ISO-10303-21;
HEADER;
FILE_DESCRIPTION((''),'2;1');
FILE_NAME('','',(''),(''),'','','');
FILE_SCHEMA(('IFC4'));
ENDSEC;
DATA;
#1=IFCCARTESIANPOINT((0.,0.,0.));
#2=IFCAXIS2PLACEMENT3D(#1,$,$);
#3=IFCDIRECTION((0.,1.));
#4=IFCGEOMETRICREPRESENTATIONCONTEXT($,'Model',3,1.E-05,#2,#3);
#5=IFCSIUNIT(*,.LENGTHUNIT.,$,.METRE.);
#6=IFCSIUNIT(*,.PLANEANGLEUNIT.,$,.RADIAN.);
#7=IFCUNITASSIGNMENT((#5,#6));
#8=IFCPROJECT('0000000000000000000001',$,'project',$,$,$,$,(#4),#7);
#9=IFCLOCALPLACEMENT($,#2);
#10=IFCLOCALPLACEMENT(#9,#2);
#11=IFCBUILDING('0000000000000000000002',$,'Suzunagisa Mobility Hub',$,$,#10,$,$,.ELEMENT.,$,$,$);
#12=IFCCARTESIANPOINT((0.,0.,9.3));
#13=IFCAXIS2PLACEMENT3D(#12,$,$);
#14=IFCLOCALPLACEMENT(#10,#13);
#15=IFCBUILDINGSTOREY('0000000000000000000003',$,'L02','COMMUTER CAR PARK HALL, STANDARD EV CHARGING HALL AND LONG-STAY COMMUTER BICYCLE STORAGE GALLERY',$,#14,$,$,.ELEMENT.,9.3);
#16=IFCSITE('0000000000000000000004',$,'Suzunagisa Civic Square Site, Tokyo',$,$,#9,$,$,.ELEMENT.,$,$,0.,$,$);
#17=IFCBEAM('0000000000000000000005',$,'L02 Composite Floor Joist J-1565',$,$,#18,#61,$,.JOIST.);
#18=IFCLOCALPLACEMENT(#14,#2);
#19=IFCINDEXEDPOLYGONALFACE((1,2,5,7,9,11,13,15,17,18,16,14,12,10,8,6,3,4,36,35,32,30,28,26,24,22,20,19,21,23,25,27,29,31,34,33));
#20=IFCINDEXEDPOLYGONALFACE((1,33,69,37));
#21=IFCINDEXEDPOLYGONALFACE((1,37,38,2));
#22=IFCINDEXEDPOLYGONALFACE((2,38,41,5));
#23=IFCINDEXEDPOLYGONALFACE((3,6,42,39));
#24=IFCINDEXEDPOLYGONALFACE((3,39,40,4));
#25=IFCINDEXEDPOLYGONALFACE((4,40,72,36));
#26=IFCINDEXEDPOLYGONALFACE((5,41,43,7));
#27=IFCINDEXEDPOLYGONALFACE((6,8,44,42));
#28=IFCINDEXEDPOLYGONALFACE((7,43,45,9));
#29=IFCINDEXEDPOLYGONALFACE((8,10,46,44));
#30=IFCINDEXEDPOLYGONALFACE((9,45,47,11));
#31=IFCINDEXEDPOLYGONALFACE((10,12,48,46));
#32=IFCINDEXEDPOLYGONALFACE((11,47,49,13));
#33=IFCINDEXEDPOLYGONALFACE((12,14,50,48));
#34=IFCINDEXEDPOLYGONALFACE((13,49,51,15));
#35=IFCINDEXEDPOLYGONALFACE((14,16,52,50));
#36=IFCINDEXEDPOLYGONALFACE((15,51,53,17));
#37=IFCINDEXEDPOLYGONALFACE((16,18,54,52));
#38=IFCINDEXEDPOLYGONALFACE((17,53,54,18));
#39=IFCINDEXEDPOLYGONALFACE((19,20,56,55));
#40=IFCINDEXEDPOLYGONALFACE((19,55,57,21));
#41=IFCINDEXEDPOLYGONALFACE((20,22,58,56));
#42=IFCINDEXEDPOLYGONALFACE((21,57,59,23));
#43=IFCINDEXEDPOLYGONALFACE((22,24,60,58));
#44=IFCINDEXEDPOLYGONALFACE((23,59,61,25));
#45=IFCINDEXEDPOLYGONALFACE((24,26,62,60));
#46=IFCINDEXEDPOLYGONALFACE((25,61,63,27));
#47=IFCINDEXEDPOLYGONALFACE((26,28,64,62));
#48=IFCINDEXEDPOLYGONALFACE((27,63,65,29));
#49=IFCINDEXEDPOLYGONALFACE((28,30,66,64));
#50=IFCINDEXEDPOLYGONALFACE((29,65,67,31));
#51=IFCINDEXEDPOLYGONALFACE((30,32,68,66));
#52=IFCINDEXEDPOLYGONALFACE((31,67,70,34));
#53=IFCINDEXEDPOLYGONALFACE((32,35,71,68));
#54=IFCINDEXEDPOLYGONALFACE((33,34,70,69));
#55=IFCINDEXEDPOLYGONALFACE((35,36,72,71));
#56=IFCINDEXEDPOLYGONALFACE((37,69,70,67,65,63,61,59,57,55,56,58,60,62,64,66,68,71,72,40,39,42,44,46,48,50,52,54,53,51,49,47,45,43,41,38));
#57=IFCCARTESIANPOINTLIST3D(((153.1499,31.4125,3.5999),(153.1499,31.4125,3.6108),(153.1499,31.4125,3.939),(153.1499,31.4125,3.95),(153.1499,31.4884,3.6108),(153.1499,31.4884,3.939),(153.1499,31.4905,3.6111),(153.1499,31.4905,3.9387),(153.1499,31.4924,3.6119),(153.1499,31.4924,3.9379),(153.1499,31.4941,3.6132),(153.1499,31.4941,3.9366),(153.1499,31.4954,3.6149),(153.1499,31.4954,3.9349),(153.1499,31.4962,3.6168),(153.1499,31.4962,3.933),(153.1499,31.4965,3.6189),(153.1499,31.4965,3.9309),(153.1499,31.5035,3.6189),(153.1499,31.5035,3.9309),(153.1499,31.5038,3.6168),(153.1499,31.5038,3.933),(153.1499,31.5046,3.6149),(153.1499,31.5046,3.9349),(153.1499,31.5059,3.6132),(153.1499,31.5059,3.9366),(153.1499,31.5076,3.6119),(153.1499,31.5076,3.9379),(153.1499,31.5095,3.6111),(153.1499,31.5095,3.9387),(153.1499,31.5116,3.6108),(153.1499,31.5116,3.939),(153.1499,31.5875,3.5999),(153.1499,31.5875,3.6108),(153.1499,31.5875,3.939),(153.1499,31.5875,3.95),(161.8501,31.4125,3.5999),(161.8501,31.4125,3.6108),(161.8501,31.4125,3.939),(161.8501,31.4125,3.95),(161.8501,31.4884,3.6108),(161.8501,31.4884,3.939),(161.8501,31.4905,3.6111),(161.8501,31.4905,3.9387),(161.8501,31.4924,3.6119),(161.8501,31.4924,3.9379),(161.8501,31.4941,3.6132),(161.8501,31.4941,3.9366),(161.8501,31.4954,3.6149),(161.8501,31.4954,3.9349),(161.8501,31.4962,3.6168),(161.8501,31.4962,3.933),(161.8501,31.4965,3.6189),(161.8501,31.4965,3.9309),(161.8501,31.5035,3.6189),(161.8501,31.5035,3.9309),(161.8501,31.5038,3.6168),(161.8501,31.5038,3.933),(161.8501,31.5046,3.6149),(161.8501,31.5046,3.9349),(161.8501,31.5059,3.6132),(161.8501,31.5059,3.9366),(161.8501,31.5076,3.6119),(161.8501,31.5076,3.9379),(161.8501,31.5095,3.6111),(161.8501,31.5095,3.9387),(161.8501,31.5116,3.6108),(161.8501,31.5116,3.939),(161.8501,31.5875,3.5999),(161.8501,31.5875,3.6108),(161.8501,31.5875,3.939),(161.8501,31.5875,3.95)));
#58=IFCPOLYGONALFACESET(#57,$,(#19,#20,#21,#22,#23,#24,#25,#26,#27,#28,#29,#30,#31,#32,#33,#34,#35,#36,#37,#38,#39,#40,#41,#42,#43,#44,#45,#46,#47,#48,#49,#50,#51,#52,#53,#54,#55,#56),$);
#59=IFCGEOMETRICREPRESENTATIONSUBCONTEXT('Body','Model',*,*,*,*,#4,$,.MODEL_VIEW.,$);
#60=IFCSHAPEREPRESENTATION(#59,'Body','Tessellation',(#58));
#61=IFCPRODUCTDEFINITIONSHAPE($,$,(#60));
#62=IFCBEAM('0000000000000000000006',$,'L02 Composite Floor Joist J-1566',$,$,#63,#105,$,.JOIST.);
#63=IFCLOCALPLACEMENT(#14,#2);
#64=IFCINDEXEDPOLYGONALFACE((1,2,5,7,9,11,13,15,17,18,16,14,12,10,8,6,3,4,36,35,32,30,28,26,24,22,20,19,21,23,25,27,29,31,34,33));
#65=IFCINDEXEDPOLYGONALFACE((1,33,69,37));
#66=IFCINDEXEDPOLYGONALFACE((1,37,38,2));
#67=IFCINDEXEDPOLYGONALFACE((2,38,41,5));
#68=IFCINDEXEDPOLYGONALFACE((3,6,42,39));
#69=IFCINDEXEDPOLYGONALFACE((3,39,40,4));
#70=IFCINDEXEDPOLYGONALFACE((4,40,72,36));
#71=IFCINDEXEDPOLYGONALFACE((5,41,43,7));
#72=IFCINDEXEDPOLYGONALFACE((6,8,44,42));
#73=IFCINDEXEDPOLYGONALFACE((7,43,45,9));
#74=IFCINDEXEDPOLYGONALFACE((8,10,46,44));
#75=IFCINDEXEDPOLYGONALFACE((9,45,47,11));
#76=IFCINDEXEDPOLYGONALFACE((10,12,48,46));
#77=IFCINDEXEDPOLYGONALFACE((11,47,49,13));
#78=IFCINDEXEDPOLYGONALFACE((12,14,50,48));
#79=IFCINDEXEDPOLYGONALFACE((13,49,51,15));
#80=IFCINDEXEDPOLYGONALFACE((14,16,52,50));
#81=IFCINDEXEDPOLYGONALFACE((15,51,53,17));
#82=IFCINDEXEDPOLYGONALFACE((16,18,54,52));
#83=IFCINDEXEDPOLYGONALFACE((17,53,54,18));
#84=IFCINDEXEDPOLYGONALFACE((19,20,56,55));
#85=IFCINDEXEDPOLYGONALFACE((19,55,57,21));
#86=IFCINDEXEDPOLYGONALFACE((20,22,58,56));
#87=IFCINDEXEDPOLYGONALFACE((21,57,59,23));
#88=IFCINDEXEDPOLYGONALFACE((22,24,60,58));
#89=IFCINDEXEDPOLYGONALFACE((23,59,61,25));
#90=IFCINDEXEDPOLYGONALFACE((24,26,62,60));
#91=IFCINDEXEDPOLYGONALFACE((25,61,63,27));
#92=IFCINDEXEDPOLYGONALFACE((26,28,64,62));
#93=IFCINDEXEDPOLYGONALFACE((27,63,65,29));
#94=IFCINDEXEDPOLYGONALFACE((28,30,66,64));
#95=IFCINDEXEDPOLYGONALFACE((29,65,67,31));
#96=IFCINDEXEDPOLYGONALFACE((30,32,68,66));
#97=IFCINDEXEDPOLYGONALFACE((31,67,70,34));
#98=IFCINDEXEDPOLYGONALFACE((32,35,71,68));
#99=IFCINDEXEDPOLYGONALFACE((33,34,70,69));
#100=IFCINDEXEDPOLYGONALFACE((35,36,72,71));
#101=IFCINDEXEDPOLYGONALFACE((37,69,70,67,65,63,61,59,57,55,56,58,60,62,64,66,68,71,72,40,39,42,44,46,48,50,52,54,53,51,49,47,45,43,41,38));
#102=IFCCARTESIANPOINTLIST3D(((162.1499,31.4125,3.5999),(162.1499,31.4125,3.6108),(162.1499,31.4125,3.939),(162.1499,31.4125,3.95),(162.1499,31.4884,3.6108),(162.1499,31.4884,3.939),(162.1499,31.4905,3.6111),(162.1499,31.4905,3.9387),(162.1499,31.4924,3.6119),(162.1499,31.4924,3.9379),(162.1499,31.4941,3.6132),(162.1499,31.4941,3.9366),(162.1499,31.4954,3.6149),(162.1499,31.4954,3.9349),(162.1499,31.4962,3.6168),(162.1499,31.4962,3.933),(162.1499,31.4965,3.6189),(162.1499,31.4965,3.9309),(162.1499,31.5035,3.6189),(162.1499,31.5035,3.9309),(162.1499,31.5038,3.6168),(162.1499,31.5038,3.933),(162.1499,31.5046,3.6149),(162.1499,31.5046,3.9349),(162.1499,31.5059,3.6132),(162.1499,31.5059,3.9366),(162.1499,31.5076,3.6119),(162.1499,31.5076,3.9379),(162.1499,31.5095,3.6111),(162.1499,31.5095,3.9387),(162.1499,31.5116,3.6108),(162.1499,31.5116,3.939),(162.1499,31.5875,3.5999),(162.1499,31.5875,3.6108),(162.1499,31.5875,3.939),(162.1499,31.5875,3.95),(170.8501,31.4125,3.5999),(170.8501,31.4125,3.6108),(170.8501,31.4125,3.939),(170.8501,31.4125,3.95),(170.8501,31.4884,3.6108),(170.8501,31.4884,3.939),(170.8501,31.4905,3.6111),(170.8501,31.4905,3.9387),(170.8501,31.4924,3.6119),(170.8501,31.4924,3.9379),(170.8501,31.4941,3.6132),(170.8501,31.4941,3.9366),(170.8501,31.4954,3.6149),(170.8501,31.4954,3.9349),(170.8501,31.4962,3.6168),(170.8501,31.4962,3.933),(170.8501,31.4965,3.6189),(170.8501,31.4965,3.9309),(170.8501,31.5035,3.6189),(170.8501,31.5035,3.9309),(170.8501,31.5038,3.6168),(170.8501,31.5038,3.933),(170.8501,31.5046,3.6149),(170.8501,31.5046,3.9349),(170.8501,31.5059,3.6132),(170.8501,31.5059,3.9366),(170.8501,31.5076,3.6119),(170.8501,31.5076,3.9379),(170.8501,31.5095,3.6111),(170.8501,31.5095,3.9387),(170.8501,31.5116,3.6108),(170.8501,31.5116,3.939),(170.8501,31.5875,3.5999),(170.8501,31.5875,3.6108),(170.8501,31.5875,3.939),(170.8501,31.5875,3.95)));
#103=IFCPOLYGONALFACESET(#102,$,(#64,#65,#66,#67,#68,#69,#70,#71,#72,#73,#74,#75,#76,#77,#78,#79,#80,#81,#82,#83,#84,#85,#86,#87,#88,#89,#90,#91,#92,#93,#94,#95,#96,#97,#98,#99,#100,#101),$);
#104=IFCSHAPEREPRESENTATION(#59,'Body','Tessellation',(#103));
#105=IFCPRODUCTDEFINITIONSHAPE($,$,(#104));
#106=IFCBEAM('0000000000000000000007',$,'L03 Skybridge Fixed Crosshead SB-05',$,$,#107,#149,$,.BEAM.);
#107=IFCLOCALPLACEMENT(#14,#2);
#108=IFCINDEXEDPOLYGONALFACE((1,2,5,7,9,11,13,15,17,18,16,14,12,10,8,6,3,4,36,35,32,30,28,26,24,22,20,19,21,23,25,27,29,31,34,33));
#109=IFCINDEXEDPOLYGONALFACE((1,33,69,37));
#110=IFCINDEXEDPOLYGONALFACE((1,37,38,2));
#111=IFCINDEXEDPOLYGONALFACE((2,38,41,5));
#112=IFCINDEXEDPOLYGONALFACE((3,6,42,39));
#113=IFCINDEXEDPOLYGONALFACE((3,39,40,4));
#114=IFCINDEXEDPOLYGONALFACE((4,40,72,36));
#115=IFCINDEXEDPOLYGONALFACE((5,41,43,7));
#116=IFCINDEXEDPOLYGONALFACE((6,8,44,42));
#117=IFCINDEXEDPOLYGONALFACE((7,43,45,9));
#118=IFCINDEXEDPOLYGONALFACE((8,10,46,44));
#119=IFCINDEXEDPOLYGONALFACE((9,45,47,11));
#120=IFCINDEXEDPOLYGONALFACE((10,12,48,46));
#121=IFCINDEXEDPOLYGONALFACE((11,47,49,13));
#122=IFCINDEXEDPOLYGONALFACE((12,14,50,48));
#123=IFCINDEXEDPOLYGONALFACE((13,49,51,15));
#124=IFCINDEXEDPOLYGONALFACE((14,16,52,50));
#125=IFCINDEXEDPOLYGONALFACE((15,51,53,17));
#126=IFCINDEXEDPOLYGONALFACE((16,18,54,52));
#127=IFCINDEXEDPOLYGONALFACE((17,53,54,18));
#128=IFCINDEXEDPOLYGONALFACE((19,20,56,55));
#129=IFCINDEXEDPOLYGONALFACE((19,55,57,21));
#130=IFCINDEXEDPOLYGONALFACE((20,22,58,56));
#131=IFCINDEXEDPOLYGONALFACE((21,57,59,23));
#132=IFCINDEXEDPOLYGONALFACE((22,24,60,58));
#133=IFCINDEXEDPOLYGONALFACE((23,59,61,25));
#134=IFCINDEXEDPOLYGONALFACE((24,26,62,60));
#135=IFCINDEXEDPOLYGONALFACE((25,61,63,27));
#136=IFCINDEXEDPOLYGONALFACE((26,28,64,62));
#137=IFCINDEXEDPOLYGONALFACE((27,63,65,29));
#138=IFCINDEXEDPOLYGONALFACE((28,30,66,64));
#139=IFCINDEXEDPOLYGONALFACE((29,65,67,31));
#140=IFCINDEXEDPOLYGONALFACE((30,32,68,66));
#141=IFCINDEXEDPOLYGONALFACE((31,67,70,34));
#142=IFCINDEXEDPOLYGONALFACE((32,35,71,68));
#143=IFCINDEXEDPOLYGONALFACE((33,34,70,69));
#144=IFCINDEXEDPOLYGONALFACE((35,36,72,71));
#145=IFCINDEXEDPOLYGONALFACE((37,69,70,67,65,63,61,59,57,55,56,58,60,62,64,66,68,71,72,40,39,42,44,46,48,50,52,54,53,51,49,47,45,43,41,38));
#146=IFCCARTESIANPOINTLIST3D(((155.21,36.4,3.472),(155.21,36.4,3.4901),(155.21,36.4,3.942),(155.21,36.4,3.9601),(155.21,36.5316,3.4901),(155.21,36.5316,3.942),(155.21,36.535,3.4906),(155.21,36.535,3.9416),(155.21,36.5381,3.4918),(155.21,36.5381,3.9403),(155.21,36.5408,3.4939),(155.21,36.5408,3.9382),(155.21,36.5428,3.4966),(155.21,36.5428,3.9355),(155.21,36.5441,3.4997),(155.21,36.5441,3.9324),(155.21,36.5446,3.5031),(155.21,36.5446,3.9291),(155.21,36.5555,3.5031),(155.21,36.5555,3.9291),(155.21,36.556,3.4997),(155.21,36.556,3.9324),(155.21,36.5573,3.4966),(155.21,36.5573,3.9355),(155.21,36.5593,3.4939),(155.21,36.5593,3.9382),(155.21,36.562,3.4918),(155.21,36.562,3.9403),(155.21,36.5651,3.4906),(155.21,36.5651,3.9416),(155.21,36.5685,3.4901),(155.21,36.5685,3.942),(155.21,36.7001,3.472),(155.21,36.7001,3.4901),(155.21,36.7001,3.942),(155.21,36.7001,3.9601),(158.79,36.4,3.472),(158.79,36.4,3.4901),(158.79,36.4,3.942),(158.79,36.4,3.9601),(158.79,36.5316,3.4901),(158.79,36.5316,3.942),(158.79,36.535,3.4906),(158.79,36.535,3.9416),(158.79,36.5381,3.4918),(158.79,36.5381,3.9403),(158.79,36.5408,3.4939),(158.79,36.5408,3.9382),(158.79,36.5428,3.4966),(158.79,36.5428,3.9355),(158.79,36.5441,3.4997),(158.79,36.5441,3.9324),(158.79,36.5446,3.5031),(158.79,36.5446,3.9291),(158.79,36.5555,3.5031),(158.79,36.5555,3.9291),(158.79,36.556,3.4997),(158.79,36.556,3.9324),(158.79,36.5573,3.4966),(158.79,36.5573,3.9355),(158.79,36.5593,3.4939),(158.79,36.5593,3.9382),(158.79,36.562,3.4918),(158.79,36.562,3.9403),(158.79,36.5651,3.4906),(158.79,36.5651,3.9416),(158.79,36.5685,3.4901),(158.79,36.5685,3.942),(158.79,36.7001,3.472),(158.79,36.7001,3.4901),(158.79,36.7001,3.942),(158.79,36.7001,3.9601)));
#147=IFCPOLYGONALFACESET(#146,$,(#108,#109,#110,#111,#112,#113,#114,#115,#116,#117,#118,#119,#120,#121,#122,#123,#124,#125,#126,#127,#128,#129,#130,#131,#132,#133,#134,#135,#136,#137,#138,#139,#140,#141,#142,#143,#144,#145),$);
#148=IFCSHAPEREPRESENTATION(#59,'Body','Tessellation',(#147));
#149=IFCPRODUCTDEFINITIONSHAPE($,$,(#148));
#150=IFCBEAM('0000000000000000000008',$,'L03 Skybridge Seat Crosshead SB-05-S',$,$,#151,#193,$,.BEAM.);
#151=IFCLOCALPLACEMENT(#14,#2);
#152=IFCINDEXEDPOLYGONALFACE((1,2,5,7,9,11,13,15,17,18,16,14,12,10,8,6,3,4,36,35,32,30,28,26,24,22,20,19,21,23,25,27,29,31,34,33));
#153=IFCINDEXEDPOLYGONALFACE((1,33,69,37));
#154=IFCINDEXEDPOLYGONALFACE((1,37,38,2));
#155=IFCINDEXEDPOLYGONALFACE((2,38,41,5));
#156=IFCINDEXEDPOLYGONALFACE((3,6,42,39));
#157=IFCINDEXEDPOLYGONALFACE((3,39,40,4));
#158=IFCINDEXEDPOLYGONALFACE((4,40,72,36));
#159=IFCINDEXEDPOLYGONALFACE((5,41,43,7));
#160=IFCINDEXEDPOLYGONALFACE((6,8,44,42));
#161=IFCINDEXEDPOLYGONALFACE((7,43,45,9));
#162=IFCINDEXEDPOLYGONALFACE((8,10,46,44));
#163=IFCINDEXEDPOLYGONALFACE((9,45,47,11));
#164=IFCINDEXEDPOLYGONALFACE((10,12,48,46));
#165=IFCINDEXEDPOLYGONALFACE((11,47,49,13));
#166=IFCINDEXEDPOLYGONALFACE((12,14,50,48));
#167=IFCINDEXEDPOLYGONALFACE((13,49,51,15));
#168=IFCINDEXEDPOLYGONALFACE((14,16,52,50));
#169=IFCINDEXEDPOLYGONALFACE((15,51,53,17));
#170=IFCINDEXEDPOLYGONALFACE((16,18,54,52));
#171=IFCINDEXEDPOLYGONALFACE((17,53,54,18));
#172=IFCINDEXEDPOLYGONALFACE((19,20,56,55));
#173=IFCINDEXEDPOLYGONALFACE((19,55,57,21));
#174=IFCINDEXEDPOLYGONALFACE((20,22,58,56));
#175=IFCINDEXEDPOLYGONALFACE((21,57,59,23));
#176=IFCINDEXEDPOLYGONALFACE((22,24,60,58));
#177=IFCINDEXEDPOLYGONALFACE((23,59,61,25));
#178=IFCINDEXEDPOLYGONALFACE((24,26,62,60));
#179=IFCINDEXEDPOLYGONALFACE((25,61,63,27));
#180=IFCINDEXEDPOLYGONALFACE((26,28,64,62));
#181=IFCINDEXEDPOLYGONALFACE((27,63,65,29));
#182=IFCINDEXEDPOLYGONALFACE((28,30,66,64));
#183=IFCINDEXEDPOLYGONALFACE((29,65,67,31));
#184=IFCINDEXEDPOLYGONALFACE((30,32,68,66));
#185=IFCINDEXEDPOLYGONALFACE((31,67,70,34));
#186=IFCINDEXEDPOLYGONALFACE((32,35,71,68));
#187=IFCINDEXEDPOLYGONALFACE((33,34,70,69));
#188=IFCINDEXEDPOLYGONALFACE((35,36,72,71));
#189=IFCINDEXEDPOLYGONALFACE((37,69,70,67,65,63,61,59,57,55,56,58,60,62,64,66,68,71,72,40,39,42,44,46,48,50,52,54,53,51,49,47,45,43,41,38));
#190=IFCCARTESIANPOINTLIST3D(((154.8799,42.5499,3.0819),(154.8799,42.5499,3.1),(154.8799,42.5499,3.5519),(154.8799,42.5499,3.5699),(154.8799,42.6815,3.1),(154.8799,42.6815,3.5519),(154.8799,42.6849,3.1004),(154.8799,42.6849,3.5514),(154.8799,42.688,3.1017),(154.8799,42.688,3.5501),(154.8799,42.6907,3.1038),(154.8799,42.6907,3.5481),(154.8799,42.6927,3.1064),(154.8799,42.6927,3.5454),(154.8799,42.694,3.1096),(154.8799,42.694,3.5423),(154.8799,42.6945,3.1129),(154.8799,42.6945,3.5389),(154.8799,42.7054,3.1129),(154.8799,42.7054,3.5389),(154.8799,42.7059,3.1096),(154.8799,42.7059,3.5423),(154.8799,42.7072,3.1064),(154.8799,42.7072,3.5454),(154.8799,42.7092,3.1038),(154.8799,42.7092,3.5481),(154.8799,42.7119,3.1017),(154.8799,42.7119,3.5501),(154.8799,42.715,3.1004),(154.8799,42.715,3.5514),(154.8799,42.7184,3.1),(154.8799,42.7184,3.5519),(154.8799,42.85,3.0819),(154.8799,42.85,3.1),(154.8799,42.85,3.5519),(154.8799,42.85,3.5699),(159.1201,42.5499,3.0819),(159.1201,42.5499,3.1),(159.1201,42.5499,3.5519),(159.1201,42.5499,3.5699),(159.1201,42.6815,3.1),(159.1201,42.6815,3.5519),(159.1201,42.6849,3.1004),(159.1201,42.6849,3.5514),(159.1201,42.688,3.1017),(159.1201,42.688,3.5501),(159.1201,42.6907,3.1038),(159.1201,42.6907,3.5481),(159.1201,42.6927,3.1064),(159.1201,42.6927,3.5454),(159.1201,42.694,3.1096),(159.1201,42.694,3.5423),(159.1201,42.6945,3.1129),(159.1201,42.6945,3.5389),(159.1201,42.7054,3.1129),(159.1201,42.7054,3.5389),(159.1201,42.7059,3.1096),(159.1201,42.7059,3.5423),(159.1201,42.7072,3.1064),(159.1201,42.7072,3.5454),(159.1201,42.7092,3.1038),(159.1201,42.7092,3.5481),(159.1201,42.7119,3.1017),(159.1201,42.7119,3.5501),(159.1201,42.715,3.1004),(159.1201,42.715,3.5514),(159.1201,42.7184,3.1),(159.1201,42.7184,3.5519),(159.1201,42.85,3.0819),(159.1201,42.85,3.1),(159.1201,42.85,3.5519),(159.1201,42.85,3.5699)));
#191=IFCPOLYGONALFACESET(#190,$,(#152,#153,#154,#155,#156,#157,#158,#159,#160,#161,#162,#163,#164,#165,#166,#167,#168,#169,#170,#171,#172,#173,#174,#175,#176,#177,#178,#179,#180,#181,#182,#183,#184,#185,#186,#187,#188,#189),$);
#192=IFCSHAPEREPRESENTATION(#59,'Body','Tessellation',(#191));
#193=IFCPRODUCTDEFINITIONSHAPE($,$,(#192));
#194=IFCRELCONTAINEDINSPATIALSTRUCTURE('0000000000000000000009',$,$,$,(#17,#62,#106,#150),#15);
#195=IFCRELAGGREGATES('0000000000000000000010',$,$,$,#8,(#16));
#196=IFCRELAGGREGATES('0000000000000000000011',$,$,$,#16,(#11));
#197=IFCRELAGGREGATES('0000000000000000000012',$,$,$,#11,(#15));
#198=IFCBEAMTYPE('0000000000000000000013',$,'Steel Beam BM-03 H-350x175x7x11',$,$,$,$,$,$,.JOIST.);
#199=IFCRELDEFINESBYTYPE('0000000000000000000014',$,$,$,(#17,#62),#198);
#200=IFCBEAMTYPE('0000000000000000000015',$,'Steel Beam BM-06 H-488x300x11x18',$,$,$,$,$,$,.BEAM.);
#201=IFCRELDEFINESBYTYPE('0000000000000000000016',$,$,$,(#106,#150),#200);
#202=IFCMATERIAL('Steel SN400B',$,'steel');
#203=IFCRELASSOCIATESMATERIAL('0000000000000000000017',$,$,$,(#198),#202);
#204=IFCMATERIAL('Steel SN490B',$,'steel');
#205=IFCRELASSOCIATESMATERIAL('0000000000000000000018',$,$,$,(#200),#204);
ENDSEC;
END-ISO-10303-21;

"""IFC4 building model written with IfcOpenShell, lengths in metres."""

from ifc_helpers import new_model, si_unit, direction, frame, origin, origin_2d, place, context, subcontext, project, spatial, i_section, extrude, material, material_profile, profile_set, type_object, element, save


model = new_model("IFC4")

# Units and contexts
model_context = context("Model", 3, precision=1e-05, world=origin(), true_north=direction((0.0, 1.0)))
body_context = subcontext(model_context, "Body", "Model", "MODEL_VIEW")
ifc_project = project(units=[si_unit("LENGTHUNIT", "METRE"), si_unit("PLANEANGLEUNIT", "RADIAN")], contexts=[model_context])

# Site, building, storey
site_placement = place(None, origin())
site = spatial("IfcSite", under=ifc_project, at=site_placement, Name="Suzunagisa Civic Square Site, Tokyo", CompositionType="ELEMENT", RefElevation=0.0)
building_placement = place(site_placement, origin())
building = spatial("IfcBuilding", under=site, at=building_placement, Name="Suzunagisa Mobility Hub", CompositionType="ELEMENT")
storey_placement = place(building_placement, frame((0.0, 0.0, 9.3)))
storey = spatial("IfcBuildingStorey", under=building, at=storey_placement, Name="L02", Description="COMMUTER CAR PARK HALL, STANDARD EV CHARGING HALL AND LONG-STAY COMMUTER BICYCLE STORAGE GALLERY", CompositionType="ELEMENT", Elevation=9.3)

# Shared definitions
ifc_material_1 = material(Name="Steel SN490B", Category="steel")

# Beams
ifc_material_2 = material(Name="Steel SN400B", Category="steel")
ifc_material_profile_1 = material_profile(ifc_material_2, i_section(OverallWidth=0.175, OverallDepth=0.3501, WebThickness=0.0071, FlangeThickness=0.011, FilletRadius=0.0081, at=origin_2d()), Name="H-350x175x7x11")
ifc_profile_set_1 = profile_set([ifc_material_profile_1], Name="Steel SN400B")
beam_type_1 = type_object("IfcBeamType", Name="Steel Beam BM-03 H-350x175x7x11", PredefinedType="JOIST", material=ifc_profile_set_1)
for number, where, z_axis, x_axis, name in (
    (1, (153.1499, 31.5, 3.7749), (1.0, 0.0, 0.0), (0.0, 1.0, 0.0), "L02 Composite Floor Joist J-1565"),
    (2, (162.1499, 31.5, 3.7749), (1.0, 0.0, 0.0), (0.0, 1.0, 0.0), "L02 Composite Floor Joist J-1566"),
):
    element("IfcBeam", number, at=place(storey_placement, frame(where, z_axis=z_axis, x_axis=x_axis)), inside=storey, type_object=beam_type_1, Name=name, PredefinedType="JOIST", context=body_context, shape_type="SweptSolid", body=[
        extrude(i_section(OverallWidth=0.175, OverallDepth=0.3501, WebThickness=0.0071, FlangeThickness=0.011, FilletRadius=0.0081, at=origin_2d()), origin(), (0.0, 0.0, 1.0), 8.7002),
    ])
ifc_material_profile_2 = material_profile(ifc_material_1, i_section(OverallWidth=0.3, OverallDepth=0.488, WebThickness=0.011, FlangeThickness=0.0181, FilletRadius=0.0129, at=origin_2d()), Name="H-488x300x11x18")
ifc_profile_set_2 = profile_set([ifc_material_profile_2], Name="Steel SN490B")
beam_type_2 = type_object("IfcBeamType", Name="Steel Beam BM-06 H-488x300x11x18", PredefinedType="BEAM", material=ifc_profile_set_2)
beam_1_placement = place(storey_placement, frame((155.21, 36.55, 3.7161), z_axis=(1.0, 0.0, 0.0), x_axis=(0.0, 1.0, 0.0)))
element("IfcBeam", 3, at=beam_1_placement, inside=storey, type_object=beam_type_2, Name="L03 Skybridge Fixed Crosshead SB-05", PredefinedType="BEAM", context=body_context, shape_type="SweptSolid", body=[
    extrude(i_section(OverallWidth=0.3, OverallDepth=0.488, WebThickness=0.011, FlangeThickness=0.0181, FilletRadius=0.0129, at=origin_2d()), origin(), (0.0, 0.0, 1.0), 3.5801),
])
for number, where, z_axis, x_axis, name in (
    (4, (154.8799, 42.7, 3.3259), (1.0, 0.0, 0.0), (0.0, 1.0, 0.0), "L03 Skybridge Seat Crosshead SB-05-S"),
):
    element("IfcBeam", number, at=place(storey_placement, frame(where, z_axis=z_axis, x_axis=x_axis)), inside=storey, type_object=beam_type_2, Name=name, PredefinedType="BEAM", context=body_context, shape_type="SweptSolid", body=[
        extrude(i_section(OverallWidth=0.3, OverallDepth=0.488, WebThickness=0.011, FlangeThickness=0.0181, FilletRadius=0.0129, at=origin_2d()), origin(), (0.0, 0.0, 1.0), 4.2402),
    ])

save(model, "model.ifc")
